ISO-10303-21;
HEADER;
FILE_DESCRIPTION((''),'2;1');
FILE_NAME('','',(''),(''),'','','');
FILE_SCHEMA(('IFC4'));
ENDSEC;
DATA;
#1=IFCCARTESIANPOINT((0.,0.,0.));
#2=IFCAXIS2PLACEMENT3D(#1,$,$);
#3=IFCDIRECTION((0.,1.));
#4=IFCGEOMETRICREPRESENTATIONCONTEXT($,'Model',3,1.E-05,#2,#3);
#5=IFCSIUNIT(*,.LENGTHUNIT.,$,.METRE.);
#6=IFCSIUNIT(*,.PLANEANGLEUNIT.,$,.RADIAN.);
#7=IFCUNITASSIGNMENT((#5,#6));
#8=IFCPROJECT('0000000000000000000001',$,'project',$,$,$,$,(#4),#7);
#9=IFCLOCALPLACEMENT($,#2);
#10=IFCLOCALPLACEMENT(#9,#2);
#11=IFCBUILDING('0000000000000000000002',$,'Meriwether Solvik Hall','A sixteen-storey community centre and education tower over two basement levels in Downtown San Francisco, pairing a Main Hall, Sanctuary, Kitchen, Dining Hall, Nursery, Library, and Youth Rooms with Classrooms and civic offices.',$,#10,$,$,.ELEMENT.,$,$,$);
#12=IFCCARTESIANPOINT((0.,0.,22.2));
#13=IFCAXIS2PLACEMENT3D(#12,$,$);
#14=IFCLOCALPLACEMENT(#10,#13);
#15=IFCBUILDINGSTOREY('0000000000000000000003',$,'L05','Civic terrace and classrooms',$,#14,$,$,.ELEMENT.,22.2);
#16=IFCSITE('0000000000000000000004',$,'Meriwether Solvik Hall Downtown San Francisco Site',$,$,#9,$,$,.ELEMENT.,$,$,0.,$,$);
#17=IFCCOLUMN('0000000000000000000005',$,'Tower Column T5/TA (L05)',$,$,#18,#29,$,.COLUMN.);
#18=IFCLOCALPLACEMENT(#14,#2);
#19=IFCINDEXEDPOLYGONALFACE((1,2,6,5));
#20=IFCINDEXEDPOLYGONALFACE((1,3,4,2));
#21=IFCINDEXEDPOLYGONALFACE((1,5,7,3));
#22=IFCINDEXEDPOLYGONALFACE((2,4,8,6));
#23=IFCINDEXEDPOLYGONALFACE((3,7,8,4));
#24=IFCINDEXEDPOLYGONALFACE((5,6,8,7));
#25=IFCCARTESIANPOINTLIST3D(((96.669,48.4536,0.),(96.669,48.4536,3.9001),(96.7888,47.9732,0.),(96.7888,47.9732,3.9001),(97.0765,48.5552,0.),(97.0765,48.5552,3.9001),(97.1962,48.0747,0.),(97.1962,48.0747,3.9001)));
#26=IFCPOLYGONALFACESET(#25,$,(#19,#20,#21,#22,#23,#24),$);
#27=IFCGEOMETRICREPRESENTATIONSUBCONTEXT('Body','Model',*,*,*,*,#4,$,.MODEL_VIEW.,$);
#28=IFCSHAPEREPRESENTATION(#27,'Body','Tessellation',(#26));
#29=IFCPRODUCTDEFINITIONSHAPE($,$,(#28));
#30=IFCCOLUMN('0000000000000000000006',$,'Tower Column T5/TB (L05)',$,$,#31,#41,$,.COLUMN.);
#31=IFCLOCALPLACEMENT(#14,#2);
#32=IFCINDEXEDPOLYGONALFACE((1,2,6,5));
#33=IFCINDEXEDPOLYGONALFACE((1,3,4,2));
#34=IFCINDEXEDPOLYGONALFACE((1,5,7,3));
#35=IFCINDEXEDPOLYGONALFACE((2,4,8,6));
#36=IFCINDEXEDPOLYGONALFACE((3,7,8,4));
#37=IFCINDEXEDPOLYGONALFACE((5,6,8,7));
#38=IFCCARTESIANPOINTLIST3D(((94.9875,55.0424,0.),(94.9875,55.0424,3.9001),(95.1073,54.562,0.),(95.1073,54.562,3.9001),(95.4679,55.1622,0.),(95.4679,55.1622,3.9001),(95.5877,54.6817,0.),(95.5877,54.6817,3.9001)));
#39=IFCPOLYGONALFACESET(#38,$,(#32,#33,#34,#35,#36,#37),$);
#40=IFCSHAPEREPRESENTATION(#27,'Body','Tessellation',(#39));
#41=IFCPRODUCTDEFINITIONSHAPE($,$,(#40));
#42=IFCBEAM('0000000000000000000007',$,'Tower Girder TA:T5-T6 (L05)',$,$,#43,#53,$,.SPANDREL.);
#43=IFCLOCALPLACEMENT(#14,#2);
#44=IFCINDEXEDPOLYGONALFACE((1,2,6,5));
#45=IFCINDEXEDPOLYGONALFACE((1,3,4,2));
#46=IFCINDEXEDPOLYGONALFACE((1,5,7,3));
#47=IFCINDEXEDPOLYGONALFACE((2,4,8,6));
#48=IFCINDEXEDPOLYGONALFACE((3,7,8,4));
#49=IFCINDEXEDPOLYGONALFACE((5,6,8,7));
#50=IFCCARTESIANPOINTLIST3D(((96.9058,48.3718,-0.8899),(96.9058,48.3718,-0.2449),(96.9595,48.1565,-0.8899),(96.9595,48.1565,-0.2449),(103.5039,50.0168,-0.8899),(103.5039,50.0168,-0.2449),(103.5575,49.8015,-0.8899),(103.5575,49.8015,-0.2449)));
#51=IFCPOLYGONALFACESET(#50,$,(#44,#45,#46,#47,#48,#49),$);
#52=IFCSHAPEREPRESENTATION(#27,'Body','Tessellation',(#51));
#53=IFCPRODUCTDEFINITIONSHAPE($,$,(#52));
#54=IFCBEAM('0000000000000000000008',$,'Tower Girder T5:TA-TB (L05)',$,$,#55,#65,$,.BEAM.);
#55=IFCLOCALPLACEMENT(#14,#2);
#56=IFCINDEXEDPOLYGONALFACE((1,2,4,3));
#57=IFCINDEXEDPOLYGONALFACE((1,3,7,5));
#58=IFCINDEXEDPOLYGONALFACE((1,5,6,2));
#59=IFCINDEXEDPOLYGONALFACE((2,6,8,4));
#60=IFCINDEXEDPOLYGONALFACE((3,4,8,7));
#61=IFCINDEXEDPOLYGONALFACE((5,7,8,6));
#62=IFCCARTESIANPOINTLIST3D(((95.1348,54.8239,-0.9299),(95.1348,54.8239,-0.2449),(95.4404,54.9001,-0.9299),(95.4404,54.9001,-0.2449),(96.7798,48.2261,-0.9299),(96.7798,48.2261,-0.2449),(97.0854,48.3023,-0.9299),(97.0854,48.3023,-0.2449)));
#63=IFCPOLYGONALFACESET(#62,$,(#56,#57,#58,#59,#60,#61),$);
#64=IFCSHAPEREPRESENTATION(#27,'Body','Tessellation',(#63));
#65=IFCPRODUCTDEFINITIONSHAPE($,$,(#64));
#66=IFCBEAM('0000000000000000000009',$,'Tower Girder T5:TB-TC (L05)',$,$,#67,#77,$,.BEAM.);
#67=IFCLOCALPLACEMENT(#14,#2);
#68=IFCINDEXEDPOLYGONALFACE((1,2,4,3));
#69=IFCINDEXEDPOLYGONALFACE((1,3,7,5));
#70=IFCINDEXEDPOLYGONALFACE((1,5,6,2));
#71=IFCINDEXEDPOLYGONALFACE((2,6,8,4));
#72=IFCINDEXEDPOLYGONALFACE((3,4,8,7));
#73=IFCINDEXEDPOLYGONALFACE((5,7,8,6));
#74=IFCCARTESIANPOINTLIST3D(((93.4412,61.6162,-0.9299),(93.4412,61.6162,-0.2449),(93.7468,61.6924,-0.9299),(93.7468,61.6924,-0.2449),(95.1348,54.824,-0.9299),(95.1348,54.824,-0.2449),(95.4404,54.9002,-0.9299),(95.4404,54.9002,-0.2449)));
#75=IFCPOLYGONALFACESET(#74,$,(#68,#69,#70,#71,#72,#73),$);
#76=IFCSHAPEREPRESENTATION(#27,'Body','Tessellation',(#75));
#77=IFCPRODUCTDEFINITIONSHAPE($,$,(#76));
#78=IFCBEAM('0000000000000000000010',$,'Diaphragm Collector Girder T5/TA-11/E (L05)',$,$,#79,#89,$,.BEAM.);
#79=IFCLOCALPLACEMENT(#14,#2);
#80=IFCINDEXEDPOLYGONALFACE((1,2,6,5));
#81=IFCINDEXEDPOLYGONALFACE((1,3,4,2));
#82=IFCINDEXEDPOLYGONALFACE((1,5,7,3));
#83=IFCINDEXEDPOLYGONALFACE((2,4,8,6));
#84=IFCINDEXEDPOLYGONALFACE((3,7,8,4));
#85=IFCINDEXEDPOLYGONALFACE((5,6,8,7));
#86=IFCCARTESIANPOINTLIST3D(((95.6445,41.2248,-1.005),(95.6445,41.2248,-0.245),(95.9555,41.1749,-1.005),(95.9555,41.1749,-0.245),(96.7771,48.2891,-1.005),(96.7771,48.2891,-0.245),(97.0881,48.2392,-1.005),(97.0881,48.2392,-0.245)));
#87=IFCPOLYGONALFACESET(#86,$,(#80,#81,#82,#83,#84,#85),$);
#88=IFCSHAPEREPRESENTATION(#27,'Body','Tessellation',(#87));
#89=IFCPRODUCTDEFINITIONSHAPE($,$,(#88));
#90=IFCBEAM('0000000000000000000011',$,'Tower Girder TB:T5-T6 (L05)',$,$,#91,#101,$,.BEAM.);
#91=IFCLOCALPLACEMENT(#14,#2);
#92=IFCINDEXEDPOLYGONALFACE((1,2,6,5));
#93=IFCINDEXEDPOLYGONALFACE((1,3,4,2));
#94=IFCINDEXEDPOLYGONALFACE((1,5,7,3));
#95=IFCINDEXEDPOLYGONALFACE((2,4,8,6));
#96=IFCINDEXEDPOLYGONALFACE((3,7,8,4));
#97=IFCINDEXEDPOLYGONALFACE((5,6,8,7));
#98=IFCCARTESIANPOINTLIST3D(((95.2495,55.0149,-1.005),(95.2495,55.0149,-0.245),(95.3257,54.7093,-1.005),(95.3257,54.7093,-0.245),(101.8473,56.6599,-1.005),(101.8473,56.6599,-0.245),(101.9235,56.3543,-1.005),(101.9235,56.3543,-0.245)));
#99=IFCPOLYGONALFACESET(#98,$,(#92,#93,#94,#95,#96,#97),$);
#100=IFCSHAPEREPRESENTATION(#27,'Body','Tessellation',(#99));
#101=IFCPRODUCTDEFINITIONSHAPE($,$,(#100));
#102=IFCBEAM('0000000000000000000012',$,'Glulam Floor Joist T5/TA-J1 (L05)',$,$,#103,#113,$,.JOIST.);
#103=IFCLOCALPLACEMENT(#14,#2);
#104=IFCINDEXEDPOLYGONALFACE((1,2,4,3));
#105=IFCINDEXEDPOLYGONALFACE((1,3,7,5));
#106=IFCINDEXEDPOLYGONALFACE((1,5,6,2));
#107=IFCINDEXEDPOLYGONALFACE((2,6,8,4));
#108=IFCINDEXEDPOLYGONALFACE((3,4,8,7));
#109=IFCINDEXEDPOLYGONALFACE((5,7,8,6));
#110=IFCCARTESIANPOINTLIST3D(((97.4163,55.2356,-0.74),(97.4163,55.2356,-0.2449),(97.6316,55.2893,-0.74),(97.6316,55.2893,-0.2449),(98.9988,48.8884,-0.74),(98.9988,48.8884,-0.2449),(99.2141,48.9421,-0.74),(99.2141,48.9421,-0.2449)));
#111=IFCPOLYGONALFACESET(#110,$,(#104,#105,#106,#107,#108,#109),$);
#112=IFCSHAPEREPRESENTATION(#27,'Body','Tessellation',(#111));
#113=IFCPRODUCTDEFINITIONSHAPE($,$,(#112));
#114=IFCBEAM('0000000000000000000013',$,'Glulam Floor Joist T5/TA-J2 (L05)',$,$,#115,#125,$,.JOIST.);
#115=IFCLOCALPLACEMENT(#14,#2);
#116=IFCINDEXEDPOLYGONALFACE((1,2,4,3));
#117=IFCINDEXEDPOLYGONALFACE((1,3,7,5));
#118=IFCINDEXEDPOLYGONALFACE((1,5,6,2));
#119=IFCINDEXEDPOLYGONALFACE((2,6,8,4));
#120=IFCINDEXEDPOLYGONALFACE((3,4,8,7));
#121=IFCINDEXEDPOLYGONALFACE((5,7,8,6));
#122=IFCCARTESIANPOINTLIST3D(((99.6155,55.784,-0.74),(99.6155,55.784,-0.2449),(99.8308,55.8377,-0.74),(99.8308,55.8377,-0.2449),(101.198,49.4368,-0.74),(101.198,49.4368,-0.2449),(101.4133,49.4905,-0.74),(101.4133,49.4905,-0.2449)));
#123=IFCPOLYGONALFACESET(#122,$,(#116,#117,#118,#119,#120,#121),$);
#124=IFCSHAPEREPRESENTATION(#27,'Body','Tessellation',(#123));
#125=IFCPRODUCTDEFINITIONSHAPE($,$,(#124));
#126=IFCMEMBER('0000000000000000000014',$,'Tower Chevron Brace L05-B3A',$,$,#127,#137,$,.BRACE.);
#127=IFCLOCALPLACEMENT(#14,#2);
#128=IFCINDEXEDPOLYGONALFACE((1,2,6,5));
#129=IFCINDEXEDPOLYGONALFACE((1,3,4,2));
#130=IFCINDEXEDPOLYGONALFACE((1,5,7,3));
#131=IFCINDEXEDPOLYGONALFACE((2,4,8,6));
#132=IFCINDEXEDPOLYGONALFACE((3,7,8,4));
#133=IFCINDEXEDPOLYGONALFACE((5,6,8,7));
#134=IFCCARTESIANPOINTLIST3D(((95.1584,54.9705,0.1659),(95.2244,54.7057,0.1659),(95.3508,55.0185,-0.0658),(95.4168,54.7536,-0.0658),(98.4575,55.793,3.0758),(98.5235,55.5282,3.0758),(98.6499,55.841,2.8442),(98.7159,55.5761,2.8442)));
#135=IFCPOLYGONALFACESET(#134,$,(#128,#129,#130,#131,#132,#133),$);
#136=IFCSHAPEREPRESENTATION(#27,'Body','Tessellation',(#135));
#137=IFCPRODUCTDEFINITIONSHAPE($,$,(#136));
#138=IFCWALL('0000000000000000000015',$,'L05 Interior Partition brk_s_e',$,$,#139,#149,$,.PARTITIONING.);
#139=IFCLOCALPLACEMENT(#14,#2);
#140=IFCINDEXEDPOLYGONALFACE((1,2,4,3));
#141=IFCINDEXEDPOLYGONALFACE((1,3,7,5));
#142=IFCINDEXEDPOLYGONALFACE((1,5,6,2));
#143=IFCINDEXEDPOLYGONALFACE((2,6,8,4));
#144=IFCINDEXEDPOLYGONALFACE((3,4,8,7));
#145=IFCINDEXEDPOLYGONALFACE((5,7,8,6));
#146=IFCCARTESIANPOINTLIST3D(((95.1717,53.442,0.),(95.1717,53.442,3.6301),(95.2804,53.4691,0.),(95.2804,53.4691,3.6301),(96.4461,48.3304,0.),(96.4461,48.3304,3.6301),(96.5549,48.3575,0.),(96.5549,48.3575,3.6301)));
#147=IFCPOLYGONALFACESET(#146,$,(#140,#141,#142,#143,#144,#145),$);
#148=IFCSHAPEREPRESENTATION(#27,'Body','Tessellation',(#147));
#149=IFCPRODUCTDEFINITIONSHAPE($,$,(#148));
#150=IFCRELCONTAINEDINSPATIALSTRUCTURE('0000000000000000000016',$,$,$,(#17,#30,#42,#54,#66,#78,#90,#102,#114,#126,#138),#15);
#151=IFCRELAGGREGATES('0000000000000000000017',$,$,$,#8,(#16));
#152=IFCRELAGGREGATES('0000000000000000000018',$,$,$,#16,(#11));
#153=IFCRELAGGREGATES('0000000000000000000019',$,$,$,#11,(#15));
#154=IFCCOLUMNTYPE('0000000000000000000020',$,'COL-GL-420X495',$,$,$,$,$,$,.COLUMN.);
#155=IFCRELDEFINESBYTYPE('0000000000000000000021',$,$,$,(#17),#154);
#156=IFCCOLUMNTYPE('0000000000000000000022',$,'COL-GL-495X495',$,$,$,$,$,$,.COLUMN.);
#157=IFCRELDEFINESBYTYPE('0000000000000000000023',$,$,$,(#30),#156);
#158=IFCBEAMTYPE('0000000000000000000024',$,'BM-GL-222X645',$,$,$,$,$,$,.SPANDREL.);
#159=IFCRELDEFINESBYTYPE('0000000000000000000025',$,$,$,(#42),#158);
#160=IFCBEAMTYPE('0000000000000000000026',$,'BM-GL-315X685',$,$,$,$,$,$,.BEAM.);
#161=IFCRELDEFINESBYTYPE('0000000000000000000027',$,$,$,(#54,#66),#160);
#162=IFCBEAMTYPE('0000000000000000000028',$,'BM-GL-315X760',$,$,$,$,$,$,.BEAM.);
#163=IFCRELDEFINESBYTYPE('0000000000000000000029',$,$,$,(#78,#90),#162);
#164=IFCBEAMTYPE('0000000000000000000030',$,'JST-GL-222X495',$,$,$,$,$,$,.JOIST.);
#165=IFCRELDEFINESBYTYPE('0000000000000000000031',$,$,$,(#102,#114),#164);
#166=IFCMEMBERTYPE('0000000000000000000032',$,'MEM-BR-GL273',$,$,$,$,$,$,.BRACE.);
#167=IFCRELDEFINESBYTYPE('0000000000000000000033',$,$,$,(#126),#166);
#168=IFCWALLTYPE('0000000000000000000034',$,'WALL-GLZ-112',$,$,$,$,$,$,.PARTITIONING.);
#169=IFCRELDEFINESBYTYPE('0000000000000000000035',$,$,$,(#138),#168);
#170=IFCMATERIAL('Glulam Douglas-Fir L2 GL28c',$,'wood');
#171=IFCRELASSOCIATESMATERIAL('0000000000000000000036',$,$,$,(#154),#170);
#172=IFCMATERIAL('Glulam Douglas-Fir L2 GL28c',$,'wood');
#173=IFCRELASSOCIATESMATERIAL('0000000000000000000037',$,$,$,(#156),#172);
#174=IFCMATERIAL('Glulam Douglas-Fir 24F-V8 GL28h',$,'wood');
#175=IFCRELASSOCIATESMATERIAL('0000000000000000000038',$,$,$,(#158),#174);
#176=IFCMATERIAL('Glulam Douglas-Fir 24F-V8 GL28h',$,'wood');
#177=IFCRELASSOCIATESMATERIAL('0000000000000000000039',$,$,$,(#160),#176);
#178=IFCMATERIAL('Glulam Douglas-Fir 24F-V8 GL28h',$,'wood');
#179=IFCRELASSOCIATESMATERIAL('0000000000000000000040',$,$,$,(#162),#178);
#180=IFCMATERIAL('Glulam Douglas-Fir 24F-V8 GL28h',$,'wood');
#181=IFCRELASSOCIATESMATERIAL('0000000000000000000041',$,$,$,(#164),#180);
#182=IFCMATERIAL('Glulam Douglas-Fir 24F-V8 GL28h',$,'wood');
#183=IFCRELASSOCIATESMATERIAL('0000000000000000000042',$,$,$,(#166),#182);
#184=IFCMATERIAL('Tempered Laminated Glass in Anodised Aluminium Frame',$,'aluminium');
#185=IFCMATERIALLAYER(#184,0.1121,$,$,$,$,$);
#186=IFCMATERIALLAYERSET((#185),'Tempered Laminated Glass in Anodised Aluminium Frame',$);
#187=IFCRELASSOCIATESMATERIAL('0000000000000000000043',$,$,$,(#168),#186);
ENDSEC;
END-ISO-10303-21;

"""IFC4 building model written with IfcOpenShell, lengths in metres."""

from ifc_helpers import new_model, si_unit, direction, frame, frame_2d, origin, origin_2d, place, context, subcontext, project, spatial, rectangle, extrude, material, layer, layer_set, material_profile, profile_set, type_object, element, save


model = new_model("IFC4")

# Units and contexts
model_context = context("Model", 3, precision=1e-05, world=origin(), true_north=direction((0.0, 1.0)))
body_context = subcontext(model_context, "Body", "Model", "MODEL_VIEW")
ifc_project = project(units=[si_unit("LENGTHUNIT", "METRE"), si_unit("PLANEANGLEUNIT", "RADIAN")], contexts=[model_context])

# Site, building, storey
site_placement = place(None, origin())
site = spatial("IfcSite", under=ifc_project, at=site_placement, Name="Meriwether Solvik Hall Downtown San Francisco Site", CompositionType="ELEMENT", RefElevation=0.0)
building_placement = place(site_placement, origin())
building = spatial("IfcBuilding", under=site, at=building_placement, Name="Meriwether Solvik Hall", Description="A sixteen-storey community centre and education tower over two basement levels in Downtown San Francisco, pairing a Main Hall, Sanctuary, Kitchen, Dining Hall, Nursery, Library, and Youth Rooms with Classrooms and civic offices.", CompositionType="ELEMENT")
storey_placement = place(building_placement, frame((0.0, 0.0, 22.2)))
storey = spatial("IfcBuildingStorey", under=building, at=storey_placement, Name="L05", Description="Civic terrace and classrooms", CompositionType="ELEMENT", Elevation=22.2)

# Columns
ifc_material_1 = material(Name="Glulam Douglas-Fir L2 GL28c", Category="wood")
ifc_material_profile_1 = material_profile(ifc_material_1, rectangle(XDim=0.4199, YDim=0.4951, at=origin_2d()), Name="GLC-420X495")
ifc_profile_set_1 = profile_set([ifc_material_profile_1], Name="Glulam Douglas-Fir L2 GL28c")
column_type_1 = type_object("IfcColumnType", Name="COL-GL-420X495", PredefinedType="COLUMN", material=ifc_profile_set_1)
column_1_placement = place(storey_placement, frame((96.9326, 48.2642, 0.0), z_axis=(0.0, 0.0, 1.0), x_axis=(0.970296, 0.241922, 0.0)))
element("IfcColumn", 1, at=column_1_placement, inside=storey, type_object=column_type_1, Name="Tower Column T5/TA (L05)", PredefinedType="COLUMN", context=body_context, shape_type="SweptSolid", body=[
    extrude(rectangle(XDim=0.4199, YDim=0.4951, at=origin_2d()), origin(), (0.0, 0.0, 1.0), 3.9001),
])
ifc_material_2 = material(Name="Glulam Douglas-Fir L2 GL28c", Category="wood")
ifc_material_profile_2 = material_profile(ifc_material_2, rectangle(XDim=0.4951, YDim=0.4951, at=origin_2d()), Name="GLC-495X495")
ifc_profile_set_2 = profile_set([ifc_material_profile_2], Name="Glulam Douglas-Fir L2 GL28c")
column_type_2 = type_object("IfcColumnType", Name="COL-GL-495X495", PredefinedType="COLUMN", material=ifc_profile_set_2)
column_2_placement = place(storey_placement, frame((95.2876, 54.8621, 0.0), z_axis=(0.0, 0.0, 1.0), x_axis=(0.970296, 0.241922, 0.0)))
element("IfcColumn", 2, at=column_2_placement, inside=storey, type_object=column_type_2, Name="Tower Column T5/TB (L05)", PredefinedType="COLUMN", context=body_context, shape_type="SweptSolid", body=[
    extrude(rectangle(XDim=0.4951, YDim=0.4951, at=origin_2d()), origin(), (0.0, 0.0, 1.0), 3.9001),
])

# Beams
ifc_material_3 = material(Name="Glulam Douglas-Fir 24F-V8 GL28h", Category="wood")
ifc_material_profile_3 = material_profile(ifc_material_3, rectangle(XDim=0.2219, YDim=0.645, at=origin_2d()), Name="GLB-222X645")
ifc_profile_set_3 = profile_set([ifc_material_profile_3], Name="Glulam Douglas-Fir 24F-V8 GL28h")
beam_type_1 = type_object("IfcBeamType", Name="BM-GL-222X645", PredefinedType="SPANDREL", material=ifc_profile_set_3)
beam_1_placement = place(storey_placement, frame((96.9326, 48.2642, -0.5674), z_axis=(0.970299, 0.24191, 0.0), x_axis=(-0.24191, 0.970299, 0.0)))
element("IfcBeam", 3, at=beam_1_placement, inside=storey, type_object=beam_type_1, Name="Tower Girder TA:T5-T6 (L05)", PredefinedType="SPANDREL", context=body_context, shape_type="SweptSolid", body=[
    extrude(rectangle(XDim=0.2219, YDim=0.645, at=origin_2d()), origin(), (0.0, 0.0, 1.0), 6.8),
])
ifc_material_4 = material(Name="Glulam Douglas-Fir 24F-V8 GL28h", Category="wood")
ifc_material_profile_4 = material_profile(ifc_material_4, rectangle(XDim=0.3149, YDim=0.6851, at=origin_2d()), Name="GLB-315X685")
ifc_profile_set_4 = profile_set([ifc_material_profile_4], Name="Glulam Douglas-Fir 24F-V8 GL28h")
beam_type_2 = type_object("IfcBeamType", Name="BM-GL-315X685", PredefinedType="BEAM", material=ifc_profile_set_4)
beam_2_placement = place(storey_placement, frame((96.9326, 48.2642, -0.5874), z_axis=(-0.241919, 0.970296, 0.0), x_axis=(-0.970296, -0.241919, 0.0)))
element("IfcBeam", 4, at=beam_2_placement, inside=storey, type_object=beam_type_2, Name="Tower Girder T5:TA-TB (L05)", PredefinedType="BEAM", context=body_context, shape_type="SweptSolid", body=[
    extrude(rectangle(XDim=0.3149, YDim=0.6851, at=origin_2d()), origin(), (0.0, 0.0, 1.0), 6.7998),
])
beam_3_placement = place(storey_placement, frame((95.2876, 54.8621, -0.5874), z_axis=(-0.241937, 0.970292, 0.0), x_axis=(-0.970292, -0.241937, 0.0)))
element("IfcBeam", 5, at=beam_3_placement, inside=storey, type_object=beam_type_2, Name="Tower Girder T5:TB-TC (L05)", PredefinedType="BEAM", context=body_context, shape_type="SweptSolid", body=[
    extrude(rectangle(XDim=0.3149, YDim=0.6851, at=origin_2d()), origin(), (0.0, 0.0, 1.0), 7.0002),
])
ifc_material_5 = material(Name="Glulam Douglas-Fir 24F-V8 GL28h", Category="wood")
ifc_material_profile_5 = material_profile(ifc_material_5, rectangle(XDim=0.3149, YDim=0.76, at=origin_2d()), Name="GLB-315X760")
ifc_profile_set_5 = profile_set([ifc_material_profile_5], Name="Glulam Douglas-Fir 24F-V8 GL28h")
beam_type_3 = type_object("IfcBeamType", Name="BM-GL-315X760", PredefinedType="BEAM", material=ifc_profile_set_5)
beam_4_placement = place(storey_placement, frame((96.9326, 48.2642, -0.625), z_axis=(-0.158303, -0.987391, 0.0), x_axis=(0.987391, -0.158303, 0.0)))
element("IfcBeam", 6, at=beam_4_placement, inside=storey, type_object=beam_type_3, Name="Diaphragm Collector Girder T5/TA-11/E (L05)", PredefinedType="BEAM", context=body_context, shape_type="SweptSolid", body=[
    extrude(rectangle(XDim=0.3149, YDim=0.76, at=origin_2d()), origin(), (0.0, 0.0, 1.0), 7.1545),
])
beam_5_placement = place(storey_placement, frame((95.2876, 54.8621, -0.625), z_axis=(0.970296, 0.241919, 0.0), x_axis=(-0.241919, 0.970296, 0.0)))
element("IfcBeam", 7, at=beam_5_placement, inside=storey, type_object=beam_type_3, Name="Tower Girder TB:T5-T6 (L05)", PredefinedType="BEAM", context=body_context, shape_type="SweptSolid", body=[
    extrude(rectangle(XDim=0.3149, YDim=0.76, at=origin_2d()), origin(), (0.0, 0.0, 1.0), 6.7998),
])
ifc_material_6 = material(Name="Glulam Douglas-Fir 24F-V8 GL28h", Category="wood")
ifc_material_profile_6 = material_profile(ifc_material_6, rectangle(XDim=0.2219, YDim=0.4951, at=origin_2d()), Name="GLJ-222X495")
ifc_profile_set_6 = profile_set([ifc_material_profile_6], Name="Glulam Douglas-Fir 24F-V8 GL28h")
beam_type_4 = type_object("IfcBeamType", Name="JST-GL-222X495", PredefinedType="JOIST", material=ifc_profile_set_6)
for number, where, z_axis, x_axis, name in (
    (8, (99.1064, 48.9153, -0.4924), (-0.241921, 0.970296, 0.0), (-0.970296, -0.241921, 0.0), "Glulam Floor Joist T5/TA-J1 (L05)"),
    (9, (101.3057, 49.4636, -0.4924), (-0.241921, 0.970296, 0.0), (-0.970296, -0.241921, 0.0), "Glulam Floor Joist T5/TA-J2 (L05)"),
):
    element("IfcBeam", number, at=place(storey_placement, frame(where, z_axis=z_axis, x_axis=x_axis)), inside=storey, type_object=beam_type_4, Name=name, PredefinedType="JOIST", context=body_context, shape_type="SweptSolid", body=[
        extrude(rectangle(XDim=0.2219, YDim=0.4951, at=origin_2d()), origin(), (0.0, 0.0, 1.0), 6.5415),
    ])

# Member
ifc_material_7 = material(Name="Glulam Douglas-Fir 24F-V8 GL28h", Category="wood")
ifc_material_profile_7 = material_profile(ifc_material_7, rectangle(XDim=0.2729, YDim=0.3049, at=origin_2d()), Name="GLM-273X305")
ifc_profile_set_7 = profile_set([ifc_material_profile_7], Name="Glulam Douglas-Fir 24F-V8 GL28h")
member_type = type_object("IfcMemberType", Name="MEM-BR-GL273", PredefinedType="BRACE", material=ifc_profile_set_7)
member_placement = place(storey_placement, frame((95.2876, 54.8621, 0.05), z_axis=(0.737179, 0.18379, 0.650221), x_axis=(-0.24191, 0.970299, 0.0)))
element("IfcMember", 10, at=member_placement, inside=storey, type_object=member_type, Name="Tower Chevron Brace L05-B3A", PredefinedType="BRACE", context=body_context, shape_type="SweptSolid", body=[
    extrude(rectangle(XDim=0.2729, YDim=0.3049, at=origin_2d()), origin(), (0.0, 0.0, 1.0), 4.4753),
])

# Wall
ifc_material_8 = material(Name="Tempered Laminated Glass in Anodised Aluminium Frame", Category="aluminium")
ifc_layer_1 = layer(ifc_material_8, 0.1121)
ifc_layer_set_1 = layer_set([ifc_layer_1], Name="Tempered Laminated Glass in Anodised Aluminium Frame")
wall_type_1 = type_object("IfcWallType", Name="WALL-GLZ-112", PredefinedType="PARTITIONING", material=ifc_layer_set_1)
wall_1_placement = place(storey_placement, frame((96.5005, 48.344, 0.0), z_axis=(0.0, 0.0, 1.0), x_axis=(-0.241914, 0.970298, 0.0)))
element("IfcWall", 11, at=wall_1_placement, inside=storey, type_object=wall_type_1, Name="L05 Interior Partition brk_s_e", PredefinedType="PARTITIONING", context=body_context, shape_type="SweptSolid", body=[
    extrude(rectangle(XDim=5.2681, YDim=0.1121, at=frame_2d((2.634, 0.0))), origin(), (0.0, 0.0, 1.0), 3.6301),
])

save(model, "model.ifc")
